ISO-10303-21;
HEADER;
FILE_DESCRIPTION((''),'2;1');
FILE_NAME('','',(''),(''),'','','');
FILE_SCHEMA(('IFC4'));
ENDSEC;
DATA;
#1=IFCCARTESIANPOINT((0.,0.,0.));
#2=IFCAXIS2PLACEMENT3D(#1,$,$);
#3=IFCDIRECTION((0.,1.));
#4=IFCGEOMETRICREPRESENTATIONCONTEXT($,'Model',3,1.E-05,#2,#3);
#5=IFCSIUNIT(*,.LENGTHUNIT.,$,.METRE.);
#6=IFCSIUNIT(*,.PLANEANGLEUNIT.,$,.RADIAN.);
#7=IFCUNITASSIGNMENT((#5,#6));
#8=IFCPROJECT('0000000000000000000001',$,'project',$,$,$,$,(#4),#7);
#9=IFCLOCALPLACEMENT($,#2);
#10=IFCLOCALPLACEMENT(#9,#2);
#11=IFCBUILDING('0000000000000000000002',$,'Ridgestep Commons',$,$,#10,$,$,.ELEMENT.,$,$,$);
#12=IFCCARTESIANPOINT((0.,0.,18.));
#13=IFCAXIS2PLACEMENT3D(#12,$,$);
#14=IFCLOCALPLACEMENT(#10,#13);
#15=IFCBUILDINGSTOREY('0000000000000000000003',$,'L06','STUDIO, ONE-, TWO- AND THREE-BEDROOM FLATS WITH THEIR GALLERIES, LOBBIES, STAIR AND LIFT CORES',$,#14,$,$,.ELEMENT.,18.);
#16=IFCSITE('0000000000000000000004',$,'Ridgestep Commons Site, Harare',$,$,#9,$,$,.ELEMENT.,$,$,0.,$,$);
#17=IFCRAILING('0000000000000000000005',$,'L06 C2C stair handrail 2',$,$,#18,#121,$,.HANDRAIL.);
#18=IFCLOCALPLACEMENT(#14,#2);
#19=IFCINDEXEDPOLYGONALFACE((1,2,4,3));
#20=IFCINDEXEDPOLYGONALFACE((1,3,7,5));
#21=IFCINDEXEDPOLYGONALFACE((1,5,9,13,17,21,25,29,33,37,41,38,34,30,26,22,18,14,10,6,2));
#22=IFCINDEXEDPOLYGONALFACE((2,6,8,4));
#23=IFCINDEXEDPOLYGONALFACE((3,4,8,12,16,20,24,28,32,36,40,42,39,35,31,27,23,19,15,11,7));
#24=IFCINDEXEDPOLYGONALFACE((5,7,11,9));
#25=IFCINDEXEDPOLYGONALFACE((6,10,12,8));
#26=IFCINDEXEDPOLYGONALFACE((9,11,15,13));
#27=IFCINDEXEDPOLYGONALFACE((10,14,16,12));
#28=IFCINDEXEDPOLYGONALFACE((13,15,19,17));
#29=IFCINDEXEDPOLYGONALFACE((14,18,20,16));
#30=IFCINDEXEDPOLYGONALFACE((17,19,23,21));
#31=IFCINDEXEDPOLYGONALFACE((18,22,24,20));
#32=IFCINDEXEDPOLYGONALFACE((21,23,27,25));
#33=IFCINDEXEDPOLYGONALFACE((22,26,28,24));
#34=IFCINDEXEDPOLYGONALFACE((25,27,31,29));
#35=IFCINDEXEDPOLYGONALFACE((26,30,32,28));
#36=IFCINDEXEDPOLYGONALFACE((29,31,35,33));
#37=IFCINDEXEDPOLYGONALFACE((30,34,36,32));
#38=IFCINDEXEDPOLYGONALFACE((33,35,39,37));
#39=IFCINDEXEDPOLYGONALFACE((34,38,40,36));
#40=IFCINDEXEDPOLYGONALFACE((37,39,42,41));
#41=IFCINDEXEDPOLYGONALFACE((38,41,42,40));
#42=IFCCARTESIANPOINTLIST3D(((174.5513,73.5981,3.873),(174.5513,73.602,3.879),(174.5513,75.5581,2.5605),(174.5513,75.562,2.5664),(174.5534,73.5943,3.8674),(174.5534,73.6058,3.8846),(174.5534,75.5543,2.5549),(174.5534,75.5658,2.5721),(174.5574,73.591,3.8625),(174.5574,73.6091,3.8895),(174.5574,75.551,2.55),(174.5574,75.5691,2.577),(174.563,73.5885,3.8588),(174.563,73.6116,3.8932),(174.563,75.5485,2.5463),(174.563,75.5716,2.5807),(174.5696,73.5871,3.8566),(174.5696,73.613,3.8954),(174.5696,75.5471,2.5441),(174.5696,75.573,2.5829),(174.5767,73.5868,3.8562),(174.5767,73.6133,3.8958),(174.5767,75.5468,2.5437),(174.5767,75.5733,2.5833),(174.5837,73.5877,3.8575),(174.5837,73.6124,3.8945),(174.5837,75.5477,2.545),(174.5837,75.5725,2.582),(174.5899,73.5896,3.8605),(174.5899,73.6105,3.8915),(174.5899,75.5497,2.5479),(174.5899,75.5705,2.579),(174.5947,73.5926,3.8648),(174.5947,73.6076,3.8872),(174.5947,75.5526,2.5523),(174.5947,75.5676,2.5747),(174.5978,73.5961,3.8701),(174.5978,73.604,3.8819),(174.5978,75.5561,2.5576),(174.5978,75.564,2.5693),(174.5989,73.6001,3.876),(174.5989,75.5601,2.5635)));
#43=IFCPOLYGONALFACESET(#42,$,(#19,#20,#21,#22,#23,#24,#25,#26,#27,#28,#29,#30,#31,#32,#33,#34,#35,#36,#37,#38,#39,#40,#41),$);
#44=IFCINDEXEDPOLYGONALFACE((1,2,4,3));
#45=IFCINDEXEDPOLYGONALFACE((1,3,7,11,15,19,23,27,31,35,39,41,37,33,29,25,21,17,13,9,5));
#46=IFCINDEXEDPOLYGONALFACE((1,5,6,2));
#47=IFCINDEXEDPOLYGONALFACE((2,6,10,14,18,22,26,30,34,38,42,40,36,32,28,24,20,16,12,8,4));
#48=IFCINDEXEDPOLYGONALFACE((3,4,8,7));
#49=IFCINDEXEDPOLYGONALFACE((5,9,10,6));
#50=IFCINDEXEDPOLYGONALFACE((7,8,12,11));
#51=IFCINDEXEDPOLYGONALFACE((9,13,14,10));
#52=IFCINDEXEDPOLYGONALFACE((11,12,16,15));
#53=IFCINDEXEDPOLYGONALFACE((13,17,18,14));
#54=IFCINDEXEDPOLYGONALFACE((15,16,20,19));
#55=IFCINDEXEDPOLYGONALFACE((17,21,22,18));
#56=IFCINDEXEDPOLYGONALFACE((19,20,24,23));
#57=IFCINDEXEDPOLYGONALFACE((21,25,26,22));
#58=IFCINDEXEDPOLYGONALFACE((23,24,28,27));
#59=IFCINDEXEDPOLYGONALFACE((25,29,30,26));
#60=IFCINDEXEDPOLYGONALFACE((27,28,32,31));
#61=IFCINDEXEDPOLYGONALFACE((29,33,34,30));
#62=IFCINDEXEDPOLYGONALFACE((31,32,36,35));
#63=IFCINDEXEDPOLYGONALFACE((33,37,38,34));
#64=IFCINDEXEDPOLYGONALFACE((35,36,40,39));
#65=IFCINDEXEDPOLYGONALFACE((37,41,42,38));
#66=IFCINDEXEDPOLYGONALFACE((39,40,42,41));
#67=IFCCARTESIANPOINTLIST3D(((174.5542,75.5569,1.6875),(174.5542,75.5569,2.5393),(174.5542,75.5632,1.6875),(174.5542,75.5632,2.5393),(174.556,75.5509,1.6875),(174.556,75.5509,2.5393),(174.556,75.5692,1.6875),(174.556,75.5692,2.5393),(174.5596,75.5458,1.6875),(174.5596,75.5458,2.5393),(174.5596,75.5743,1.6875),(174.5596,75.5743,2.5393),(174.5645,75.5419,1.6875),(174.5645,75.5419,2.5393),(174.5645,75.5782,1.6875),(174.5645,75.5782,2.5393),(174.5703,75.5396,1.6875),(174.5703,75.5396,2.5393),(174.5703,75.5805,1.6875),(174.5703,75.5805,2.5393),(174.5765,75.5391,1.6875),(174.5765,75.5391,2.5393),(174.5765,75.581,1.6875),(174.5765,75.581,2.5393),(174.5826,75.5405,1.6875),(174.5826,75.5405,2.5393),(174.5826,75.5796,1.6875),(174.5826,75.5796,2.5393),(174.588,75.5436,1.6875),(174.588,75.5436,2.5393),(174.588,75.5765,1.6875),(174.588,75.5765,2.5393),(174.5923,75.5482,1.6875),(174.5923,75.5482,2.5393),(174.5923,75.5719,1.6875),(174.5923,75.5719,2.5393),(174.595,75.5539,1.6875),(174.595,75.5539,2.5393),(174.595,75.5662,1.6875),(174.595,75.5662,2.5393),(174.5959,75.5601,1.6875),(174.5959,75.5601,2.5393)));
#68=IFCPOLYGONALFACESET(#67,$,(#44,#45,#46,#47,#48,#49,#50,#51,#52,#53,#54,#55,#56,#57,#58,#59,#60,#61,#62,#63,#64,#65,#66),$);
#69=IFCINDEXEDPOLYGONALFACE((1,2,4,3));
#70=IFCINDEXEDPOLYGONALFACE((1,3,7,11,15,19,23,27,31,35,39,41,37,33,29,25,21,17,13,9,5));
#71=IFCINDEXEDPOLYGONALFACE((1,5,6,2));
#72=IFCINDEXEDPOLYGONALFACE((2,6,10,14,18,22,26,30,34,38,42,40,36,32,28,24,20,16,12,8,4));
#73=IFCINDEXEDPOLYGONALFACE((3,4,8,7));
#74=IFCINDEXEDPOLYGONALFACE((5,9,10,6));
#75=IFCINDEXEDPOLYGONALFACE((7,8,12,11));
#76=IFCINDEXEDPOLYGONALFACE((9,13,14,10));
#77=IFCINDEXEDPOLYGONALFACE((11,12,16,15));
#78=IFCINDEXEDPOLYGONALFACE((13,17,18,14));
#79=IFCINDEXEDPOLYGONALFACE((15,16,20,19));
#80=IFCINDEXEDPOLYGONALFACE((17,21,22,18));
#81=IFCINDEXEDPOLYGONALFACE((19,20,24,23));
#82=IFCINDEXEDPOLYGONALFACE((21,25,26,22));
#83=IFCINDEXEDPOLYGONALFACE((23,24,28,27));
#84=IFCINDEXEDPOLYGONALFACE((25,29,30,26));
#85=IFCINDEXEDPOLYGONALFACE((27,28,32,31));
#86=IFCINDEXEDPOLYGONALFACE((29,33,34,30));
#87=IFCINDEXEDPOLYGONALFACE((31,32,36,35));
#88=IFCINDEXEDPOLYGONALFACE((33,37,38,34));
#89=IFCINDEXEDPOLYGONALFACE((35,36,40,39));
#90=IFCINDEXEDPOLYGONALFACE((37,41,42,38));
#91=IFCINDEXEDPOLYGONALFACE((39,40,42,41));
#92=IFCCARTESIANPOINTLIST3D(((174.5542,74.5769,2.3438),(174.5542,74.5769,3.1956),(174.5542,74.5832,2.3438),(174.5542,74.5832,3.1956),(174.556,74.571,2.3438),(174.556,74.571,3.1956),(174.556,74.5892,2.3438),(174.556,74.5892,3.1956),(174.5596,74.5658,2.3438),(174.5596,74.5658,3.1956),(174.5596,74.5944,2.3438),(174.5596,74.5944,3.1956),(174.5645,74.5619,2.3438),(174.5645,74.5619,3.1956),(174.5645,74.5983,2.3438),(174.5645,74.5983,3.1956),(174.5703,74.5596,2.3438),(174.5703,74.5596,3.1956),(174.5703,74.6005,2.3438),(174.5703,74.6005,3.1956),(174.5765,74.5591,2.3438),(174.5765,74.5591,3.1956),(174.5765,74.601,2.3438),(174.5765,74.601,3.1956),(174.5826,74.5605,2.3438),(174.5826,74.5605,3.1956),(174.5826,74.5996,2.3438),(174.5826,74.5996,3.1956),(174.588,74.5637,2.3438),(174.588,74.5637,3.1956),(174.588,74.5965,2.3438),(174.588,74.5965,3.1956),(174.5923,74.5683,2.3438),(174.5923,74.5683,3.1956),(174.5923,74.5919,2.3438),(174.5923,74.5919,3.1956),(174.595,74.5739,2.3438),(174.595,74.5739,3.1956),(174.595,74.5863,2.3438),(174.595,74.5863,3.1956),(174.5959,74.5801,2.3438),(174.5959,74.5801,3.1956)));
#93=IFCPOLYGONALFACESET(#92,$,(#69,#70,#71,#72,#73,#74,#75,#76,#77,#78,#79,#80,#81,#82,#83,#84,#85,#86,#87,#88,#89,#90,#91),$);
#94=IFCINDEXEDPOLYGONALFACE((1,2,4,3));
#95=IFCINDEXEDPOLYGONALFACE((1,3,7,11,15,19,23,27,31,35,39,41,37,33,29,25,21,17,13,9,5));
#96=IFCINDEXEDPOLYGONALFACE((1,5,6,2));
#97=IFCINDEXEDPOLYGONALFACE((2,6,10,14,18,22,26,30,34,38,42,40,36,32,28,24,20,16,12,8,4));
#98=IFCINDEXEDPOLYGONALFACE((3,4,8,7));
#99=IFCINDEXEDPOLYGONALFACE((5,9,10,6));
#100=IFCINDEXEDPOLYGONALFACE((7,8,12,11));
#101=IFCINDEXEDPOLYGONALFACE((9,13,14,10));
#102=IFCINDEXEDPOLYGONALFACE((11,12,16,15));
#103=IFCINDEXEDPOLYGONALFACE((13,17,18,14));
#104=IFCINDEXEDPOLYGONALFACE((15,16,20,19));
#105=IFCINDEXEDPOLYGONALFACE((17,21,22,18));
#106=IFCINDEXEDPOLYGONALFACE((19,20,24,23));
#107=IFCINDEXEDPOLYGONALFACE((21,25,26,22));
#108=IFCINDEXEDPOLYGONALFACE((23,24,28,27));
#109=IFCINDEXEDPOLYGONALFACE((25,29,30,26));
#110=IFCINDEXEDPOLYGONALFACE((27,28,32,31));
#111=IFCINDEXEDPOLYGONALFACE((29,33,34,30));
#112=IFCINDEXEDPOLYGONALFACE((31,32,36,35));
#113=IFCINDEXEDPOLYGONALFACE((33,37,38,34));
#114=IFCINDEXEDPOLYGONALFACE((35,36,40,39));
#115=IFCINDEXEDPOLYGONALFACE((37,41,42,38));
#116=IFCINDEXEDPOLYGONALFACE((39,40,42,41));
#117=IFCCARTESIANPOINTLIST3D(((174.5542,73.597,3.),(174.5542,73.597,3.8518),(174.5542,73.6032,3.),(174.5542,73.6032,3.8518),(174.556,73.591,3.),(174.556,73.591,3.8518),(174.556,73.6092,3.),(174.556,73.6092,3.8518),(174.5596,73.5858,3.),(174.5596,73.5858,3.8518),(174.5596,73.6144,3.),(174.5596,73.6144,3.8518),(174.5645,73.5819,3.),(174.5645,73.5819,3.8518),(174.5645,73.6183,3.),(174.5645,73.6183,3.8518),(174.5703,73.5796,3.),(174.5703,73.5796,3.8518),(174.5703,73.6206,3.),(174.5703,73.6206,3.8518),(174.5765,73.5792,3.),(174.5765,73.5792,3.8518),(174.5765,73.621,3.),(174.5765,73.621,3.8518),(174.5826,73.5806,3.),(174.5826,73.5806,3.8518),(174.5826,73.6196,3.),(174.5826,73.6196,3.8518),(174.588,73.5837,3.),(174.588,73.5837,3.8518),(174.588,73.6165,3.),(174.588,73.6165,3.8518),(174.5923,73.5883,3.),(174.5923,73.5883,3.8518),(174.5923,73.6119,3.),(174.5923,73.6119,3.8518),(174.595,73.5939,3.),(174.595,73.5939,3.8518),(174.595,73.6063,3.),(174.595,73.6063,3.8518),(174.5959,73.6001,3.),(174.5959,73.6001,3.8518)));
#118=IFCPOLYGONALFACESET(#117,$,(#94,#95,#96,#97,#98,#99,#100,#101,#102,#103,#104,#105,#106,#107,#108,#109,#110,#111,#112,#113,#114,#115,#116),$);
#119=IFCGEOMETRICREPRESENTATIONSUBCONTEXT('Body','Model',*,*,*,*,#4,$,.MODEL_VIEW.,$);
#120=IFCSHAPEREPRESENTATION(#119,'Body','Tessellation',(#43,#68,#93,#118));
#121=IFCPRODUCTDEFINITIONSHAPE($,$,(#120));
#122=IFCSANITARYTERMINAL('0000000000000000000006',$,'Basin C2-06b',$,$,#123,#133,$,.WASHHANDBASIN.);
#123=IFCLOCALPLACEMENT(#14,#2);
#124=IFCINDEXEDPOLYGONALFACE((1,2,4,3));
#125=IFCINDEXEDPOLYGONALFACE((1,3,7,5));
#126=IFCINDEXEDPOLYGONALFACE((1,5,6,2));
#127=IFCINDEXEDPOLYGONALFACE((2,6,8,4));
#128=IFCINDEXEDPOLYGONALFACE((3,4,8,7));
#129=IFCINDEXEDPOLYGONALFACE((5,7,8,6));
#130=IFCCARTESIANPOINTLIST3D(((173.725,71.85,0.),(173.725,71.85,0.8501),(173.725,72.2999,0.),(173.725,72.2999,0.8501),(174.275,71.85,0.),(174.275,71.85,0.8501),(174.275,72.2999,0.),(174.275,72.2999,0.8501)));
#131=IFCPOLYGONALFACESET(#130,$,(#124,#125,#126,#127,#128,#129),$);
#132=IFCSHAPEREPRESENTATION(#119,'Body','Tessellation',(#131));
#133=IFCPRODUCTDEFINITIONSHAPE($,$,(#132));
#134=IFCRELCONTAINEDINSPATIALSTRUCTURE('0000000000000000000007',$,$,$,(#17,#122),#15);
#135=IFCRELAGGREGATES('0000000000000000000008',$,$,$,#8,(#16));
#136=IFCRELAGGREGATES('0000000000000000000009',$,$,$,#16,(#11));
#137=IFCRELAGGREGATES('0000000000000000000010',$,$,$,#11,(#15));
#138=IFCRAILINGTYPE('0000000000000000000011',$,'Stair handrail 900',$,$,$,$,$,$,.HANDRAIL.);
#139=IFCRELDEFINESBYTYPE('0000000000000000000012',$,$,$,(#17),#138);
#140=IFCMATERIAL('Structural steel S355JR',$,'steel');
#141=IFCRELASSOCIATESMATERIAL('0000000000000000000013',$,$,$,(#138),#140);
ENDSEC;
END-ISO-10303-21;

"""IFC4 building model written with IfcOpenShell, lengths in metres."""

from ifc_helpers import new_model, si_unit, direction, frame, origin, origin_2d, place, context, subcontext, project, spatial, rectangle, circle, extrude, material, type_object, element, save


model = new_model("IFC4")

# Units and contexts
model_context = context("Model", 3, precision=1e-05, world=origin(), true_north=direction((0.0, 1.0)))
body_context = subcontext(model_context, "Body", "Model", "MODEL_VIEW")
ifc_project = project(units=[si_unit("LENGTHUNIT", "METRE"), si_unit("PLANEANGLEUNIT", "RADIAN")], contexts=[model_context])

# Site, building, storey
site_placement = place(None, origin())
site = spatial("IfcSite", under=ifc_project, at=site_placement, Name="Ridgestep Commons Site, Harare", CompositionType="ELEMENT", RefElevation=0.0)
building_placement = place(site_placement, origin())
building = spatial("IfcBuilding", under=site, at=building_placement, Name="Ridgestep Commons", CompositionType="ELEMENT")
storey_placement = place(building_placement, frame((0.0, 0.0, 18.0)))
storey = spatial("IfcBuildingStorey", under=building, at=storey_placement, Name="L06", Description="STUDIO, ONE-, TWO- AND THREE-BEDROOM FLATS WITH THEIR GALLERIES, LOBBIES, STAIR AND LIFT CORES", CompositionType="ELEMENT", Elevation=18.0)

# Railing
ifc_material_1 = material(Name="Structural steel S355JR", Category="steel")
railing_type_1 = type_object("IfcRailingType", Name="Stair handrail 900", PredefinedType="HANDRAIL", material=ifc_material_1)
railing_1_placement = place(storey_placement, frame((174.575, 75.5601, 1.6875)))
element("IfcRailing", 1, at=railing_1_placement, inside=storey, type_object=railing_type_1, Name="L06 C2C stair handrail 2", PredefinedType="HANDRAIL", context=body_context, shape_type="SweptSolid", body=[
    extrude(circle(Radius=0.0239, at=origin_2d()), frame((0.0, 0.0, 0.876), z_axis=(0.0, -0.830902, 0.556419), x_axis=(1.0, 0.0, 0.0)), (0.0, 0.0, 1.0), 2.3589),
    extrude(circle(Radius=0.021, at=origin_2d()), origin(), (0.0, 0.0, 1.0), 0.8518),
    extrude(circle(Radius=0.021, at=origin_2d()), frame((0.0, -0.98, 0.6562)), (0.0, 0.0, 1.0), 0.8518),
    extrude(circle(Radius=0.021, at=origin_2d()), frame((0.0, -1.96, 1.3125)), (0.0, 0.0, 1.0), 0.8518),
])

# Sanitary terminal
sanitary_terminal_placement = place(storey_placement, frame((174.0, 72.075, 0.0), z_axis=(0.0, 0.0, 1.0), x_axis=(1.0, 0.0, 0.0)))
element("IfcSanitaryTerminal", 2, at=sanitary_terminal_placement, inside=storey, Name="Basin C2-06b", PredefinedType="WASHHANDBASIN", context=body_context, shape_type="SweptSolid", body=[
    extrude(rectangle(XDim=0.55, YDim=0.45, at=origin_2d()), origin(), (0.0, 0.0, 1.0), 0.8501),
])

save(model, "model.ifc")
